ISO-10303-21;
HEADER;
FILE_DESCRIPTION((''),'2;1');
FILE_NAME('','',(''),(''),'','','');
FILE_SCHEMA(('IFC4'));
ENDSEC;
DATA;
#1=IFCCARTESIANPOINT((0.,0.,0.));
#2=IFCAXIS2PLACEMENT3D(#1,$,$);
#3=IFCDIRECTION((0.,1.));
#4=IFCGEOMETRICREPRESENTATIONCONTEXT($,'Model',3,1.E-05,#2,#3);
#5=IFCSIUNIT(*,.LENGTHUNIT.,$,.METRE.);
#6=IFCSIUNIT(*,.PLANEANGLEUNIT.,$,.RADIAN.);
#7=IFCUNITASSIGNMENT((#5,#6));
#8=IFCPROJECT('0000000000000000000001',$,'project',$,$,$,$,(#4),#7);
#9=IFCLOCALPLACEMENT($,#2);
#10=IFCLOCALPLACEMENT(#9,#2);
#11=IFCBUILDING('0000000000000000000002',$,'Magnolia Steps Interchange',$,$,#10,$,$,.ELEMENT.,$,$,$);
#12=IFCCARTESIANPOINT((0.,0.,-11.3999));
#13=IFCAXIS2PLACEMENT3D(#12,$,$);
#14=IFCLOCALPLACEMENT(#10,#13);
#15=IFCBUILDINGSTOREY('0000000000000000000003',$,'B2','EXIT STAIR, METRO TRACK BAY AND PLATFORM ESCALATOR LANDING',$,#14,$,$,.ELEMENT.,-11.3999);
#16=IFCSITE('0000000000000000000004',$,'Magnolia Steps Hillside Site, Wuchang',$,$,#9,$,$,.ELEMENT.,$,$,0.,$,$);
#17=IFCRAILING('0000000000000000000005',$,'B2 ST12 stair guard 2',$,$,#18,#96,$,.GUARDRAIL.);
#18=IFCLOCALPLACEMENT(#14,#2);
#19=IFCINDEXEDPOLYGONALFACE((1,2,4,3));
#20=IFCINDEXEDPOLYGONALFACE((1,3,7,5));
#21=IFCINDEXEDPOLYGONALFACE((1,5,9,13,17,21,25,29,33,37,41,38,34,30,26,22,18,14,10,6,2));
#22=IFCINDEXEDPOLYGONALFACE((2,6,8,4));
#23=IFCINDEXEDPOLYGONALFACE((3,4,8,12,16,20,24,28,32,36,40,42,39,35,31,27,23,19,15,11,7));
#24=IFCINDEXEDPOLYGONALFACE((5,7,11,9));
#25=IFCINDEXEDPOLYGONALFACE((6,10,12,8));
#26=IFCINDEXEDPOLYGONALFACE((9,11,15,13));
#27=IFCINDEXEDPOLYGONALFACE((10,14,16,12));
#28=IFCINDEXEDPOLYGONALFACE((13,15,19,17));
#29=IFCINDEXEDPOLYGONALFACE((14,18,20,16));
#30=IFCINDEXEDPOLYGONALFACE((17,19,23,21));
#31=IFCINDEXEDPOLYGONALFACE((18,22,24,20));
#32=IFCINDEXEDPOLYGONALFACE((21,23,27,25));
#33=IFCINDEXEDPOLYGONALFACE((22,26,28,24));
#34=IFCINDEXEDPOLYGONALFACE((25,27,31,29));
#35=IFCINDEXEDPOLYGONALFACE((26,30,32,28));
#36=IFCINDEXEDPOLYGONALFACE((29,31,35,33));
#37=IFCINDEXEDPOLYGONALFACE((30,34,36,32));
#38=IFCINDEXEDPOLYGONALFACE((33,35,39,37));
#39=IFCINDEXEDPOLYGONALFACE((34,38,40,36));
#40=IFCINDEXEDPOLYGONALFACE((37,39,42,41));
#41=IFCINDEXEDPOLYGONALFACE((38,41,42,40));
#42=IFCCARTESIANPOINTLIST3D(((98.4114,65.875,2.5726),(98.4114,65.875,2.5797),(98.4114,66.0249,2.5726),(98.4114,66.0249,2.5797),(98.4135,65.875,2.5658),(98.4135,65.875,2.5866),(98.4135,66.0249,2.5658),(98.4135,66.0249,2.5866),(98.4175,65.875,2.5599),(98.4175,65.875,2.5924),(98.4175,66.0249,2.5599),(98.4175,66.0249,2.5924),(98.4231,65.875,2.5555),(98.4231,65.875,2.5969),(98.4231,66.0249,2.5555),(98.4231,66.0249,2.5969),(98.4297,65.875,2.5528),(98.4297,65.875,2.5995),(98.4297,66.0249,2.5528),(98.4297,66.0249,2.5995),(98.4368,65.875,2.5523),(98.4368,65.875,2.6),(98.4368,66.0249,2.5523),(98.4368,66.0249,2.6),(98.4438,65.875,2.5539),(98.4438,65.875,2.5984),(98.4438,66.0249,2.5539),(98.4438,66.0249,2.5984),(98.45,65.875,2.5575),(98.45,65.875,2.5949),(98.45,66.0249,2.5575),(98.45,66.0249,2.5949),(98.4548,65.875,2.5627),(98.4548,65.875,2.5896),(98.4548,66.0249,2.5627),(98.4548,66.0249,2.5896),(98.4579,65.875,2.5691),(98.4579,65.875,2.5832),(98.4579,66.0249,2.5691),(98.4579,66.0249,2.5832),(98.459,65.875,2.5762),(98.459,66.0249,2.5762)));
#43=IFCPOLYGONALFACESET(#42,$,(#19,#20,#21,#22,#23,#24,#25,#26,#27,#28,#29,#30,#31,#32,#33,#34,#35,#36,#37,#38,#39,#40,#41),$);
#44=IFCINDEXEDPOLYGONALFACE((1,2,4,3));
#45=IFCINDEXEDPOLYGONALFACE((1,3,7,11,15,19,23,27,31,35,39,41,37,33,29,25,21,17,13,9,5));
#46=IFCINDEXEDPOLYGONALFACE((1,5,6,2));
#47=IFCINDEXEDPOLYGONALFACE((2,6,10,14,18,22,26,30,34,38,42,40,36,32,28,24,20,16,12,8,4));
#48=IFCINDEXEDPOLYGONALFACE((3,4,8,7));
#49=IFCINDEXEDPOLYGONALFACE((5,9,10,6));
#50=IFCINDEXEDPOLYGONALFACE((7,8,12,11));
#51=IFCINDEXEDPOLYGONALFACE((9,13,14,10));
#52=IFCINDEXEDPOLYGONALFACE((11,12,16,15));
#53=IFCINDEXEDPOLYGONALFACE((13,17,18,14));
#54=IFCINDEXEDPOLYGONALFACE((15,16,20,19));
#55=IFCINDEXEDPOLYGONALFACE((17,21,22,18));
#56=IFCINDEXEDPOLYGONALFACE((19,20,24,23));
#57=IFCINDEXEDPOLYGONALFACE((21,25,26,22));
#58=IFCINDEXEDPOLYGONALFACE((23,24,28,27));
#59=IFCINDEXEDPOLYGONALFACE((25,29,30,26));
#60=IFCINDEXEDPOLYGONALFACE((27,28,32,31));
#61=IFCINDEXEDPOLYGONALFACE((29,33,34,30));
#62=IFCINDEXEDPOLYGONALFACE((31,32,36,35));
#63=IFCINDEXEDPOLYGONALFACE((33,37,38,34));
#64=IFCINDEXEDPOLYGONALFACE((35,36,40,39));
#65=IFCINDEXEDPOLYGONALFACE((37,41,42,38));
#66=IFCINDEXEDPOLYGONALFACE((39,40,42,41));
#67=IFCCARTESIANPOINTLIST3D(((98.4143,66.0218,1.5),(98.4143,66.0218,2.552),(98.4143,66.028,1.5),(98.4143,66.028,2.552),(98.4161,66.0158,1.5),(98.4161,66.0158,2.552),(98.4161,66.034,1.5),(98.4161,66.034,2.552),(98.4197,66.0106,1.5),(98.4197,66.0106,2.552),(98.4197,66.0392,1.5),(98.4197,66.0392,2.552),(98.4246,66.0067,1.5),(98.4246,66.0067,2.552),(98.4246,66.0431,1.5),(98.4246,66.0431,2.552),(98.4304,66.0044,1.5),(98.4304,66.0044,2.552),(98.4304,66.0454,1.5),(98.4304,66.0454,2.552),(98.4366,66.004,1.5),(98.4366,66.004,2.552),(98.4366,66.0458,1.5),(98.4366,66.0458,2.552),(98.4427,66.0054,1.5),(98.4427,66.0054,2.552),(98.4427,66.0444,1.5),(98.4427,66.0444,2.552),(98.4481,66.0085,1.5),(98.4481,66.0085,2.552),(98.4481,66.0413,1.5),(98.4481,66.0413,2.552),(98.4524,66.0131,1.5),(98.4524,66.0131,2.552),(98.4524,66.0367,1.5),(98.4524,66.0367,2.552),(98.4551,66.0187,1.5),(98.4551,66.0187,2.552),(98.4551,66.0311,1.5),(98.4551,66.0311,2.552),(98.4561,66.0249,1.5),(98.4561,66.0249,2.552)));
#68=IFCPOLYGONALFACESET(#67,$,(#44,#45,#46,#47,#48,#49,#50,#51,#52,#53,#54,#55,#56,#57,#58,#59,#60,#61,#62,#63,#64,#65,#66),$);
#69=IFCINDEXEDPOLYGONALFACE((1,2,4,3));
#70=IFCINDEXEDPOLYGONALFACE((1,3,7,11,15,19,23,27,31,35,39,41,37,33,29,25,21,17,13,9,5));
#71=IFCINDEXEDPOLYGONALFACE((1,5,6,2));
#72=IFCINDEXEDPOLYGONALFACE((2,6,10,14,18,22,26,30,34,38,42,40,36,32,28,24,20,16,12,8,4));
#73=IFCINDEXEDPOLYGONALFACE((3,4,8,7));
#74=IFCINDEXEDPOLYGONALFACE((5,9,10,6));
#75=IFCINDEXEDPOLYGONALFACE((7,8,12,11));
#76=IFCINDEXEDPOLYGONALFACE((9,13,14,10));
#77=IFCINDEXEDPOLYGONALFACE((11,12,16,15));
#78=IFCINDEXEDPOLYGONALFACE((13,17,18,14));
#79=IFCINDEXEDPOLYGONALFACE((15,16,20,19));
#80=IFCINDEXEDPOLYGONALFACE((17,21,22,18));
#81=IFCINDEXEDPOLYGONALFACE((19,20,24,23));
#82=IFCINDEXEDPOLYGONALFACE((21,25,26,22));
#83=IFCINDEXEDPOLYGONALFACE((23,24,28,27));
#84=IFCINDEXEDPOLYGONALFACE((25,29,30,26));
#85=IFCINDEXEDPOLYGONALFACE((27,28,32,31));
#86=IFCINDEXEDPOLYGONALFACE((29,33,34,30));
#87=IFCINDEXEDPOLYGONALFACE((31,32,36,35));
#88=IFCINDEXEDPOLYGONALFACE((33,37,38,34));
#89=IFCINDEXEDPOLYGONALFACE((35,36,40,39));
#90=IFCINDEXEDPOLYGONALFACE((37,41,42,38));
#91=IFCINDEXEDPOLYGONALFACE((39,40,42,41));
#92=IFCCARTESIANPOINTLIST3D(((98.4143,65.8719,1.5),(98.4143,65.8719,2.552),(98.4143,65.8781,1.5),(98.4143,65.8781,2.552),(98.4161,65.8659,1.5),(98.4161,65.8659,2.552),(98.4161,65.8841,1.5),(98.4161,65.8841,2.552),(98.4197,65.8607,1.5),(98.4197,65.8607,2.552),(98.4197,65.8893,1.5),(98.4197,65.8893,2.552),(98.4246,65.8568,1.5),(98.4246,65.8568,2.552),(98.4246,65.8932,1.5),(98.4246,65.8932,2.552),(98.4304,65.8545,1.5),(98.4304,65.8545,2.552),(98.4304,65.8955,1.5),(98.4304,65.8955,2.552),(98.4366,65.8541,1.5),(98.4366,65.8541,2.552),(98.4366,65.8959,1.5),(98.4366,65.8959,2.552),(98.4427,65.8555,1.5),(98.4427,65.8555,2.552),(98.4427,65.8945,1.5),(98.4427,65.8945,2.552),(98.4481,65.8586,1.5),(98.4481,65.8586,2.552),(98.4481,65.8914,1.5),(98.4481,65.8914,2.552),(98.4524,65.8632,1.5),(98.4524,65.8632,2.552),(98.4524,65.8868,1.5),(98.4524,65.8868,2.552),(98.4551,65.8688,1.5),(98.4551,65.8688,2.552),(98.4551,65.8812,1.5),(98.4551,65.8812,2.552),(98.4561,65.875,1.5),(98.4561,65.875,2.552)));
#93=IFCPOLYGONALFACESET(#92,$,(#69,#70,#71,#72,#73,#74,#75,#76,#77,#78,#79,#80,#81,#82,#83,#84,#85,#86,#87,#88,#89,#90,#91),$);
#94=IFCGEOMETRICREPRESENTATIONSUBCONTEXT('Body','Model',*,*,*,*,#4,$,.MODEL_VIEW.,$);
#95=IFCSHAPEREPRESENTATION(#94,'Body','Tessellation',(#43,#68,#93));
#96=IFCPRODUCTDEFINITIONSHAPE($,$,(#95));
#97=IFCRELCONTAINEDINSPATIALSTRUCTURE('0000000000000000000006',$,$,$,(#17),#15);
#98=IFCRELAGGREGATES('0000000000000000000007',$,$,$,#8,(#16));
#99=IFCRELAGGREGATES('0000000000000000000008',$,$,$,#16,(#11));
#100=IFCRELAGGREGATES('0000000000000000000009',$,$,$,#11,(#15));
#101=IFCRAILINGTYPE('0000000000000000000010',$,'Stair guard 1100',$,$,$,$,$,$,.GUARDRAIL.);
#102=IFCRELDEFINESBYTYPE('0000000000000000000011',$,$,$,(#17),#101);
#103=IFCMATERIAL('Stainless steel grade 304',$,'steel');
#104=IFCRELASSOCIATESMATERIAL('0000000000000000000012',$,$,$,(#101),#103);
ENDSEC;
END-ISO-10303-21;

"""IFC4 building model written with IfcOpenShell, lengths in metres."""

from ifc_helpers import new_model, si_unit, direction, frame, origin, origin_2d, place, context, subcontext, project, spatial, circle, extrude, material, type_object, element, save


model = new_model("IFC4")

# Units and contexts
model_context = context("Model", 3, precision=1e-05, world=origin(), true_north=direction((0.0, 1.0)))
body_context = subcontext(model_context, "Body", "Model", "MODEL_VIEW")
ifc_project = project(units=[si_unit("LENGTHUNIT", "METRE"), si_unit("PLANEANGLEUNIT", "RADIAN")], contexts=[model_context])

# Site, building, storey
site_placement = place(None, origin())
site = spatial("IfcSite", under=ifc_project, at=site_placement, Name="Magnolia Steps Hillside Site, Wuchang", CompositionType="ELEMENT", RefElevation=0.0)
building_placement = place(site_placement, origin())
building = spatial("IfcBuilding", under=site, at=building_placement, Name="Magnolia Steps Interchange", CompositionType="ELEMENT")
storey_placement = place(building_placement, frame((0.0, 0.0, -11.3999)))
storey = spatial("IfcBuildingStorey", under=building, at=storey_placement, Name="B2", Description="EXIT STAIR, METRO TRACK BAY AND PLATFORM ESCALATOR LANDING", CompositionType="ELEMENT", Elevation=-11.3999)

# Railing
ifc_material_1 = material(Name="Stainless steel grade 304", Category="steel")
railing_type_1 = type_object("IfcRailingType", Name="Stair guard 1100", PredefinedType="GUARDRAIL", material=ifc_material_1)
railing_1_placement = place(storey_placement, frame((98.4351, 66.0249, 1.5)))
element("IfcRailing", 1, at=railing_1_placement, inside=storey, type_object=railing_type_1, Name="B2 ST12 stair guard 2", PredefinedType="GUARDRAIL", context=body_context, shape_type="SweptSolid", body=[
    extrude(circle(Radius=0.0239, at=origin_2d()), frame((0.0, 0.0, 1.0762), z_axis=(0.0, -1.0, 0.0), x_axis=(1.0, 0.0, 0.0)), (0.0, 0.0, 1.0), 0.1499),
    extrude(circle(Radius=0.021, at=origin_2d()), origin(), (0.0, 0.0, 1.0), 1.052),
    extrude(circle(Radius=0.021, at=origin_2d()), frame((0.0, -0.1499, 0.0)), (0.0, 0.0, 1.0), 1.052),
])

save(model, "model.ifc")
